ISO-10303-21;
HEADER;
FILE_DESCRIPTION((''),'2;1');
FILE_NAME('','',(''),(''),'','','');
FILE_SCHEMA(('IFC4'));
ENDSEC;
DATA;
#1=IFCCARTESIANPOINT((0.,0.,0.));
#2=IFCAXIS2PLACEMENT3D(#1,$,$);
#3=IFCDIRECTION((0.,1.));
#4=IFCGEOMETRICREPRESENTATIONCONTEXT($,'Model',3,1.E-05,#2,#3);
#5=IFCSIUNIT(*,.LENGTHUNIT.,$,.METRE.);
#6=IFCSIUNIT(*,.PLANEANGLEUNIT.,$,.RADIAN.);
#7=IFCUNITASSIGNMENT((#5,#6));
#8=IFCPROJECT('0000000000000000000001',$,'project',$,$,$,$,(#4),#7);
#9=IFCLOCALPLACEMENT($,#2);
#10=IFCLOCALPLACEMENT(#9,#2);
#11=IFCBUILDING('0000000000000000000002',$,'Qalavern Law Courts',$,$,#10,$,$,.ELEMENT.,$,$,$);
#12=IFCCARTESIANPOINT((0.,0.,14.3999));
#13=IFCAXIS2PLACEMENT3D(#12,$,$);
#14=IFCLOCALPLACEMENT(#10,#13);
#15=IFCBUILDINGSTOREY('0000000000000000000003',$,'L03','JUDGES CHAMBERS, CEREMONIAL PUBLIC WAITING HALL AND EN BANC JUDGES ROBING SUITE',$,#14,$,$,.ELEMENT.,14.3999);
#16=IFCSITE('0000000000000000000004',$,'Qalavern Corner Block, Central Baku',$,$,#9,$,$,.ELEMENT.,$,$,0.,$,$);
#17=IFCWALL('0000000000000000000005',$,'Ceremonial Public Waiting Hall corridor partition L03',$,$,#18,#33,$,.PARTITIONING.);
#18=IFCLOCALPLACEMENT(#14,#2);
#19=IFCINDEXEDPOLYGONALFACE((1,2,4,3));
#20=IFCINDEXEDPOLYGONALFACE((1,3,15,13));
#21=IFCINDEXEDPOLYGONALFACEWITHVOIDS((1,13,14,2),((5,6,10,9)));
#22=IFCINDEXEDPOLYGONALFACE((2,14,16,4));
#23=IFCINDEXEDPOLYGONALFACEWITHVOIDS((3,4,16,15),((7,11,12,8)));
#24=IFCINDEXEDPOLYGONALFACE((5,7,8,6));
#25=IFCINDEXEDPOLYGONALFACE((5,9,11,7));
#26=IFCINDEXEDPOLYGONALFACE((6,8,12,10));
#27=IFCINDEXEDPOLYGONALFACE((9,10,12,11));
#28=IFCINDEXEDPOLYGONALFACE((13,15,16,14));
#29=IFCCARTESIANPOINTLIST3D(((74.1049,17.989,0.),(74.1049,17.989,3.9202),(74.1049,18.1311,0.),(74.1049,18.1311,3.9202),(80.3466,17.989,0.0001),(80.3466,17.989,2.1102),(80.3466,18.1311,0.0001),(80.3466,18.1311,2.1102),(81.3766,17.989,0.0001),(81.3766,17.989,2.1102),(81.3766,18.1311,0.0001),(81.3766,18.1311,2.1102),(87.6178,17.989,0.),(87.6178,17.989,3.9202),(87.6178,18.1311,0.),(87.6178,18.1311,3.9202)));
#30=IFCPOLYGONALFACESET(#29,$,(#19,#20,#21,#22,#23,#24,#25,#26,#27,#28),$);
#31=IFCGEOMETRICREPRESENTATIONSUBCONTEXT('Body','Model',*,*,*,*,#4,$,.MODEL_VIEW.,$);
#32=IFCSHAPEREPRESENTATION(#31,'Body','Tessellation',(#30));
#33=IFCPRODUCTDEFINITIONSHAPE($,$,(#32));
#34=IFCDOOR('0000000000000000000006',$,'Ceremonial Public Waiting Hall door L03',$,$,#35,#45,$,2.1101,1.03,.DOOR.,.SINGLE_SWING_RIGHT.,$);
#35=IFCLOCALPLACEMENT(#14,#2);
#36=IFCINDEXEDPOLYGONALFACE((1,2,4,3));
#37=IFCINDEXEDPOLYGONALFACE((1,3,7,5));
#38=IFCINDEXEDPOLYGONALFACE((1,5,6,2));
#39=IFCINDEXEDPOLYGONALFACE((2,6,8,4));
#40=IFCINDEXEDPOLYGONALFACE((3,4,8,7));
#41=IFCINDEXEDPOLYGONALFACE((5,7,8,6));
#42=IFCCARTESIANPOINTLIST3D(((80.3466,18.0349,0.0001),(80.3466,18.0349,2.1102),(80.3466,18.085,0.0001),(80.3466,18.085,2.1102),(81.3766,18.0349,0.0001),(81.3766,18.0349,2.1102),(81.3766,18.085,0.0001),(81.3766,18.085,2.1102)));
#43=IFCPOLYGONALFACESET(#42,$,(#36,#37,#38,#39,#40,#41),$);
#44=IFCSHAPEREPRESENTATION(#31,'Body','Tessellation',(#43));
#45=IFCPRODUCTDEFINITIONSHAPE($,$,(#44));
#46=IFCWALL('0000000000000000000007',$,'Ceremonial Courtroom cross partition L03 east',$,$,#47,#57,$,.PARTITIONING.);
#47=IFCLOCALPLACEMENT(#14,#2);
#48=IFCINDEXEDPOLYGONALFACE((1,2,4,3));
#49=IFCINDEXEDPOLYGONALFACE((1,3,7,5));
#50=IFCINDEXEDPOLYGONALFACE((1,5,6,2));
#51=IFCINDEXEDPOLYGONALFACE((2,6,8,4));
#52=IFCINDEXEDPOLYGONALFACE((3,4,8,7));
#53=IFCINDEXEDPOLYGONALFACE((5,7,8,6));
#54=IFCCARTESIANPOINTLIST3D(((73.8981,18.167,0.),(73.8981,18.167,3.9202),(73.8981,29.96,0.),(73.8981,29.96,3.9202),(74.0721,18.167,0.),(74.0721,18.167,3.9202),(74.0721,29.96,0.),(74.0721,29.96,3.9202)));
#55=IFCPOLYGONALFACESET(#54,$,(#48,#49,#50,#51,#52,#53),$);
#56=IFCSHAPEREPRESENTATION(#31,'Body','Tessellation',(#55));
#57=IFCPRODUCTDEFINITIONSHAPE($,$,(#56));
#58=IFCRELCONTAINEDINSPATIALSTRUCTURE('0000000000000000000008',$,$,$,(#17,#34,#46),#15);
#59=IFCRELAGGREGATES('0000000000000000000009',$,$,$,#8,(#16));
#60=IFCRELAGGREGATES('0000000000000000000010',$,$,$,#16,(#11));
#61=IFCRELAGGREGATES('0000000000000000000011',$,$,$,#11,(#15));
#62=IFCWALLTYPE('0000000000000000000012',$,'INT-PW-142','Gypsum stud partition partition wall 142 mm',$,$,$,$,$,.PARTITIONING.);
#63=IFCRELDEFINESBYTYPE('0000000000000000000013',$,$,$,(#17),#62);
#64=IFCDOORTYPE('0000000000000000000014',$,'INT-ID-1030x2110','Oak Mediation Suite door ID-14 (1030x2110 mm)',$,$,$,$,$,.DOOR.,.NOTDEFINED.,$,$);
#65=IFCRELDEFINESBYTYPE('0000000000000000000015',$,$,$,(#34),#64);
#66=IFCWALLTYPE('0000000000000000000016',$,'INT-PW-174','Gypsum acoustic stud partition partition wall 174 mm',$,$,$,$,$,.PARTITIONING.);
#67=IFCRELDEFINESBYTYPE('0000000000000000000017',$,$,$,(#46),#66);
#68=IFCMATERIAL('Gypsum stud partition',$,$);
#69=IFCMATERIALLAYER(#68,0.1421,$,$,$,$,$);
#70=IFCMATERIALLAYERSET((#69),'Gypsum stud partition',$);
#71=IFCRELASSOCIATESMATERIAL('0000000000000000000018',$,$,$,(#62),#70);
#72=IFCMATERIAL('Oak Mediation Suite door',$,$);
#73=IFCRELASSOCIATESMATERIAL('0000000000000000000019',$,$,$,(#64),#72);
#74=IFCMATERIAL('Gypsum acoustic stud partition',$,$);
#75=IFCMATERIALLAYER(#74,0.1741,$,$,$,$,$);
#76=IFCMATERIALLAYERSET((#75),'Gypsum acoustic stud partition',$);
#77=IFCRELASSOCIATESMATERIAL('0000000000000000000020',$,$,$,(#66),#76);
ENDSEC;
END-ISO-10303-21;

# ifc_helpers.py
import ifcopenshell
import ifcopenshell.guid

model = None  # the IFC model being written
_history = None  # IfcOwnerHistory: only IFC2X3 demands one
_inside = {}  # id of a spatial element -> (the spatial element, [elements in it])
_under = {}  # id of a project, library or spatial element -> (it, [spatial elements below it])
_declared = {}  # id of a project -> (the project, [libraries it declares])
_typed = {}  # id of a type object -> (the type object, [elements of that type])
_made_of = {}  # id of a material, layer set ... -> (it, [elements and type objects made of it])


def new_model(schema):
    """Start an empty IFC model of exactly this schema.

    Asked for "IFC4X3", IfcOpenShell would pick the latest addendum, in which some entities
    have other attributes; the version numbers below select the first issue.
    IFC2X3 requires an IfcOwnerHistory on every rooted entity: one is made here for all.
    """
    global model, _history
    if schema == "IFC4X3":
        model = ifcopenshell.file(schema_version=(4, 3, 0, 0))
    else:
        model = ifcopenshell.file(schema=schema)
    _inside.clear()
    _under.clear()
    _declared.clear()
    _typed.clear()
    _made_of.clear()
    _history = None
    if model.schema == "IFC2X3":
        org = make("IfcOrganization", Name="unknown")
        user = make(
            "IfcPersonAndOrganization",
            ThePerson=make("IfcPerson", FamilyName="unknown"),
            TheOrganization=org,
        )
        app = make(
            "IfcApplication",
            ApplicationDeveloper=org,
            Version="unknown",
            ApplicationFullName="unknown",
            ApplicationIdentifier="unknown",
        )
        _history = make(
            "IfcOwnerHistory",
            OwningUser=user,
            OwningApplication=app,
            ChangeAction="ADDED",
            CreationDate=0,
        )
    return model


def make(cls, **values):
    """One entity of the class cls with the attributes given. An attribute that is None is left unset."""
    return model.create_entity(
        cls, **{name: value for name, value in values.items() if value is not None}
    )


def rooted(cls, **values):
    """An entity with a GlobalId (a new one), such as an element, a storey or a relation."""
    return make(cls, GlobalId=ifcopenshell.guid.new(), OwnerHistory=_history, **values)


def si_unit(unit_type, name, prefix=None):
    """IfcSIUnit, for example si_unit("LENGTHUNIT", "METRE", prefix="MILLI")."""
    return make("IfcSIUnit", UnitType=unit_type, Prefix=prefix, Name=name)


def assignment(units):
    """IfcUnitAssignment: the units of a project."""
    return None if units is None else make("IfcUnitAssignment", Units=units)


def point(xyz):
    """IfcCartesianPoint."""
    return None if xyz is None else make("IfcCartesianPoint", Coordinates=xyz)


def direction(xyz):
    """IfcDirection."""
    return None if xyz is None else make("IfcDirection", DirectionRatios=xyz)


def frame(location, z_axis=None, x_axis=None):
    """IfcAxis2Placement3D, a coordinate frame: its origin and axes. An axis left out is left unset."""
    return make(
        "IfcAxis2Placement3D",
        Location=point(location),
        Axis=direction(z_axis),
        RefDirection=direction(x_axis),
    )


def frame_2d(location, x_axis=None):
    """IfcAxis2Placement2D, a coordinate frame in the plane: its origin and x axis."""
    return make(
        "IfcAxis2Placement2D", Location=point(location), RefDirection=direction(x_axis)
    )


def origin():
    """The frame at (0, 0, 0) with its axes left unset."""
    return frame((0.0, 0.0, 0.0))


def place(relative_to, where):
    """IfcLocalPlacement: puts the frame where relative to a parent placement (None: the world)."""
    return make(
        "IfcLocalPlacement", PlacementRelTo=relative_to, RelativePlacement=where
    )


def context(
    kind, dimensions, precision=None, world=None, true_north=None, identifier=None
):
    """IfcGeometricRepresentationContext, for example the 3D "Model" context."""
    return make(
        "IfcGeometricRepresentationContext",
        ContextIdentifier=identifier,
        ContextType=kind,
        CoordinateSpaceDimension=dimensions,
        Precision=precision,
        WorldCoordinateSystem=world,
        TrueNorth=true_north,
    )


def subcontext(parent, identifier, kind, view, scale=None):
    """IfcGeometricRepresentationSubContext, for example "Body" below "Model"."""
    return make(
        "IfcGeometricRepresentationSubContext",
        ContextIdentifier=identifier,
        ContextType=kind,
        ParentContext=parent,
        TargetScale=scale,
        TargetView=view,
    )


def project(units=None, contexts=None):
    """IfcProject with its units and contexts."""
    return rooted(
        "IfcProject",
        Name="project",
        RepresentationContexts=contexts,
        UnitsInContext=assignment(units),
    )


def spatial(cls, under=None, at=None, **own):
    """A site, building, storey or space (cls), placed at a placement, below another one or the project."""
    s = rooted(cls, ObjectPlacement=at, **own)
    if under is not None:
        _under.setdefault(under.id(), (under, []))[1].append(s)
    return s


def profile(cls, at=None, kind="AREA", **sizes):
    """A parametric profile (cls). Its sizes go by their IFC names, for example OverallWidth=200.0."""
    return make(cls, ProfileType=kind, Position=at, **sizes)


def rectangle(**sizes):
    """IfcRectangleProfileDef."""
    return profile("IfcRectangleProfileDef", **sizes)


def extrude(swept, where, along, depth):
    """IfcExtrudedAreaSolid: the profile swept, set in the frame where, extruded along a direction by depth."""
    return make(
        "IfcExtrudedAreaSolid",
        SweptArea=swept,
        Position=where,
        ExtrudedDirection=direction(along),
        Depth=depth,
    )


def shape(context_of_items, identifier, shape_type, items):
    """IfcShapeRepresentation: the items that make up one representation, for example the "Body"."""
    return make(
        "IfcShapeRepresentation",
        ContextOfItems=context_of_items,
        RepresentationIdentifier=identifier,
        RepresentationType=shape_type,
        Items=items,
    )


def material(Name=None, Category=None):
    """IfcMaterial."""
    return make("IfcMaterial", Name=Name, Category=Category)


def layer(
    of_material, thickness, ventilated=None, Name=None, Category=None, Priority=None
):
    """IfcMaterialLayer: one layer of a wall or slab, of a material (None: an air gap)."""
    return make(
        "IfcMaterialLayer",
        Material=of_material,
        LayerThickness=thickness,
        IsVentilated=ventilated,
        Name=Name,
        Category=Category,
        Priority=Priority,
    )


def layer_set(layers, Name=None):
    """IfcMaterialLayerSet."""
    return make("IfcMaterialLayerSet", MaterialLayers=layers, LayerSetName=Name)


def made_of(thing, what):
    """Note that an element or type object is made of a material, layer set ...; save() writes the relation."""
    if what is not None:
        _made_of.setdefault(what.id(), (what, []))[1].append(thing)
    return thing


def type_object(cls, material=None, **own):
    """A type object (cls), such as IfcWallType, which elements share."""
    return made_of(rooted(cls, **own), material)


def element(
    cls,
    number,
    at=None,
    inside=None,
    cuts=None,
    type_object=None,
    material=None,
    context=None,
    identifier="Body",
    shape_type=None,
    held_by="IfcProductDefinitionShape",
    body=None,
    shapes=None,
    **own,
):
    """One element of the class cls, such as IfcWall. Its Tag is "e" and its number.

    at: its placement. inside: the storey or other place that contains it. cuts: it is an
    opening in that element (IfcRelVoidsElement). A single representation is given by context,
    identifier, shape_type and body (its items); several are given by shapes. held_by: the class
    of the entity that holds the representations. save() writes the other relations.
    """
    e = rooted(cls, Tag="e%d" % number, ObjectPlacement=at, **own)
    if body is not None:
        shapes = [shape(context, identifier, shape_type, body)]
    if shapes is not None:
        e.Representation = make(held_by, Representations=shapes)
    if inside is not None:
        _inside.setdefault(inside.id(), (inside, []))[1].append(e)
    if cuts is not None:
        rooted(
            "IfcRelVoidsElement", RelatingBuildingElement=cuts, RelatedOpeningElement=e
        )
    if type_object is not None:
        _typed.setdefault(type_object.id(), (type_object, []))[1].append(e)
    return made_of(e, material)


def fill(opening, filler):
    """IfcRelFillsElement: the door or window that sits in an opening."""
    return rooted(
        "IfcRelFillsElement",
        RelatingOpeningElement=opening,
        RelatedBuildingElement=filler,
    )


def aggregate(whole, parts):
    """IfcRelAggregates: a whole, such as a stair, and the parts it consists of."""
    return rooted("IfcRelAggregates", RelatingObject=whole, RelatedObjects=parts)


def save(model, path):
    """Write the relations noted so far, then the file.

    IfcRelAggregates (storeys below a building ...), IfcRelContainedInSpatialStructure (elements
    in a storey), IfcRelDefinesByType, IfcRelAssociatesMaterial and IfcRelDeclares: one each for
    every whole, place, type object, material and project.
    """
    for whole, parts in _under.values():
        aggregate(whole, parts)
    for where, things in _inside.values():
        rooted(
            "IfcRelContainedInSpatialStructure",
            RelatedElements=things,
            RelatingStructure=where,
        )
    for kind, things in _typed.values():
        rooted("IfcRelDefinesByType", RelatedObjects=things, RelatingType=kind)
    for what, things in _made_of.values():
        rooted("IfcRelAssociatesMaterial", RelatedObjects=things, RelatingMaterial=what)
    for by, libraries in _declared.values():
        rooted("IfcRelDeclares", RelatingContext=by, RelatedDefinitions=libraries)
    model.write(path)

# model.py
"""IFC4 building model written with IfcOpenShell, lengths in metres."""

from ifc_helpers import new_model, si_unit, direction, frame, frame_2d, origin, place, context, subcontext, project, spatial, rectangle, extrude, material, layer, layer_set, type_object, element, fill, save


model = new_model("IFC4")

# Units and contexts
model_context = context("Model", 3, precision=1e-05, world=origin(), true_north=direction((0.0, 1.0)))
body_context = subcontext(model_context, "Body", "Model", "MODEL_VIEW")
ifc_project = project(units=[si_unit("LENGTHUNIT", "METRE"), si_unit("PLANEANGLEUNIT", "RADIAN")], contexts=[model_context])

# Site, building, storey
site_placement = place(None, origin())
site = spatial("IfcSite", under=ifc_project, at=site_placement, Name="Qalavern Corner Block, Central Baku", CompositionType="ELEMENT", RefElevation=0.0)
building_placement = place(site_placement, origin())
building = spatial("IfcBuilding", under=site, at=building_placement, Name="Qalavern Law Courts", CompositionType="ELEMENT")
storey_placement = place(building_placement, frame((0.0, 0.0, 14.3999)))
storey = spatial("IfcBuildingStorey", under=building, at=storey_placement, Name="L03", Description="JUDGES CHAMBERS, CEREMONIAL PUBLIC WAITING HALL AND EN BANC JUDGES ROBING SUITE", CompositionType="ELEMENT", Elevation=14.3999)

# Wall, opening, door
ifc_material_1 = material(Name="Gypsum stud partition")
ifc_layer_1 = layer(ifc_material_1, 0.1421)
ifc_layer_set_1 = layer_set([ifc_layer_1], Name="Gypsum stud partition")
wall_type_1 = type_object("IfcWallType", Name="INT-PW-142", Description="Gypsum stud partition partition wall 142 mm", PredefinedType="PARTITIONING", material=ifc_layer_set_1)
wall_1_placement = place(storey_placement, frame((74.105, 18.0601, 0.0), z_axis=(0.0, 0.0, 1.0), x_axis=(1.0, 0.0, 0.0)))
wall_1 = element("IfcWall", 1, at=wall_1_placement, inside=storey, type_object=wall_type_1, Name="Ceremonial Public Waiting Hall corridor partition L03", PredefinedType="PARTITIONING", context=body_context, shape_type="SweptSolid", body=[
    extrude(rectangle(XDim=13.5129, YDim=0.1421, at=frame_2d((6.7563, 0.0))), origin(), (0.0, 0.0, 1.0), 3.9202),
])
opening_1_placement = place(wall_1_placement, frame((6.2415, 0.0, 0.0)))
opening_1 = element("IfcOpeningElement", 2, at=opening_1_placement, cuts=wall_1, PredefinedType="OPENING", context=body_context, shape_type="SweptSolid", body=[
    extrude(rectangle(XDim=1.03, YDim=2.1101, at=frame_2d((0.5151, 1.0552))), frame((0.0, 0.0859, 0.0), z_axis=(0.0, -1.0, 0.0), x_axis=(1.0, 0.0, 0.0)), (0.0, 0.0, 1.0), 0.1719),
])
ifc_material_2 = material(Name="Oak Mediation Suite door")
door_type_1 = type_object("IfcDoorType", Name="INT-ID-1030x2110", Description="Oak Mediation Suite door ID-14 (1030x2110 mm)", OperationType="NOTDEFINED", PredefinedType="DOOR", material=ifc_material_2)
door_1_placement = place(opening_1_placement, origin())
door_1 = element("IfcDoor", 3, at=door_1_placement, inside=storey, type_object=door_type_1, Name="Ceremonial Public Waiting Hall door L03", OperationType="SINGLE_SWING_RIGHT", OverallHeight=2.1101, OverallWidth=1.03, PredefinedType="DOOR", context=body_context, shape_type="SweptSolid", body=[
    extrude(rectangle(XDim=1.03, YDim=2.1101, at=frame_2d((0.5151, 1.0552))), frame((0.0, 0.0249, 0.0), z_axis=(0.0, -1.0, 0.0), x_axis=(1.0, 0.0, 0.0)), (0.0, 0.0, 1.0), 0.05),
])
fill(opening_1, door_1)

# Wall
ifc_material_3 = material(Name="Gypsum acoustic stud partition")
ifc_layer_2 = layer(ifc_material_3, 0.1741)
ifc_layer_set_2 = layer_set([ifc_layer_2], Name="Gypsum acoustic stud partition")
wall_type_2 = type_object("IfcWallType", Name="INT-PW-174", Description="Gypsum acoustic stud partition partition wall 174 mm", PredefinedType="PARTITIONING", material=ifc_layer_set_2)
wall_2_placement = place(storey_placement, frame((73.9851, 18.167, 0.0), z_axis=(0.0, 0.0, 1.0), x_axis=(0.0, 1.0, 0.0)))
element("IfcWall", 4, at=wall_2_placement, inside=storey, type_object=wall_type_2, Name="Ceremonial Courtroom cross partition L03 east", PredefinedType="PARTITIONING", context=body_context, shape_type="SweptSolid", body=[
    extrude(rectangle(XDim=11.793, YDim=0.1741, at=frame_2d((5.8965, 0.0))), origin(), (0.0, 0.0, 1.0), 3.9202),
])

save(model, "model.ifc")
